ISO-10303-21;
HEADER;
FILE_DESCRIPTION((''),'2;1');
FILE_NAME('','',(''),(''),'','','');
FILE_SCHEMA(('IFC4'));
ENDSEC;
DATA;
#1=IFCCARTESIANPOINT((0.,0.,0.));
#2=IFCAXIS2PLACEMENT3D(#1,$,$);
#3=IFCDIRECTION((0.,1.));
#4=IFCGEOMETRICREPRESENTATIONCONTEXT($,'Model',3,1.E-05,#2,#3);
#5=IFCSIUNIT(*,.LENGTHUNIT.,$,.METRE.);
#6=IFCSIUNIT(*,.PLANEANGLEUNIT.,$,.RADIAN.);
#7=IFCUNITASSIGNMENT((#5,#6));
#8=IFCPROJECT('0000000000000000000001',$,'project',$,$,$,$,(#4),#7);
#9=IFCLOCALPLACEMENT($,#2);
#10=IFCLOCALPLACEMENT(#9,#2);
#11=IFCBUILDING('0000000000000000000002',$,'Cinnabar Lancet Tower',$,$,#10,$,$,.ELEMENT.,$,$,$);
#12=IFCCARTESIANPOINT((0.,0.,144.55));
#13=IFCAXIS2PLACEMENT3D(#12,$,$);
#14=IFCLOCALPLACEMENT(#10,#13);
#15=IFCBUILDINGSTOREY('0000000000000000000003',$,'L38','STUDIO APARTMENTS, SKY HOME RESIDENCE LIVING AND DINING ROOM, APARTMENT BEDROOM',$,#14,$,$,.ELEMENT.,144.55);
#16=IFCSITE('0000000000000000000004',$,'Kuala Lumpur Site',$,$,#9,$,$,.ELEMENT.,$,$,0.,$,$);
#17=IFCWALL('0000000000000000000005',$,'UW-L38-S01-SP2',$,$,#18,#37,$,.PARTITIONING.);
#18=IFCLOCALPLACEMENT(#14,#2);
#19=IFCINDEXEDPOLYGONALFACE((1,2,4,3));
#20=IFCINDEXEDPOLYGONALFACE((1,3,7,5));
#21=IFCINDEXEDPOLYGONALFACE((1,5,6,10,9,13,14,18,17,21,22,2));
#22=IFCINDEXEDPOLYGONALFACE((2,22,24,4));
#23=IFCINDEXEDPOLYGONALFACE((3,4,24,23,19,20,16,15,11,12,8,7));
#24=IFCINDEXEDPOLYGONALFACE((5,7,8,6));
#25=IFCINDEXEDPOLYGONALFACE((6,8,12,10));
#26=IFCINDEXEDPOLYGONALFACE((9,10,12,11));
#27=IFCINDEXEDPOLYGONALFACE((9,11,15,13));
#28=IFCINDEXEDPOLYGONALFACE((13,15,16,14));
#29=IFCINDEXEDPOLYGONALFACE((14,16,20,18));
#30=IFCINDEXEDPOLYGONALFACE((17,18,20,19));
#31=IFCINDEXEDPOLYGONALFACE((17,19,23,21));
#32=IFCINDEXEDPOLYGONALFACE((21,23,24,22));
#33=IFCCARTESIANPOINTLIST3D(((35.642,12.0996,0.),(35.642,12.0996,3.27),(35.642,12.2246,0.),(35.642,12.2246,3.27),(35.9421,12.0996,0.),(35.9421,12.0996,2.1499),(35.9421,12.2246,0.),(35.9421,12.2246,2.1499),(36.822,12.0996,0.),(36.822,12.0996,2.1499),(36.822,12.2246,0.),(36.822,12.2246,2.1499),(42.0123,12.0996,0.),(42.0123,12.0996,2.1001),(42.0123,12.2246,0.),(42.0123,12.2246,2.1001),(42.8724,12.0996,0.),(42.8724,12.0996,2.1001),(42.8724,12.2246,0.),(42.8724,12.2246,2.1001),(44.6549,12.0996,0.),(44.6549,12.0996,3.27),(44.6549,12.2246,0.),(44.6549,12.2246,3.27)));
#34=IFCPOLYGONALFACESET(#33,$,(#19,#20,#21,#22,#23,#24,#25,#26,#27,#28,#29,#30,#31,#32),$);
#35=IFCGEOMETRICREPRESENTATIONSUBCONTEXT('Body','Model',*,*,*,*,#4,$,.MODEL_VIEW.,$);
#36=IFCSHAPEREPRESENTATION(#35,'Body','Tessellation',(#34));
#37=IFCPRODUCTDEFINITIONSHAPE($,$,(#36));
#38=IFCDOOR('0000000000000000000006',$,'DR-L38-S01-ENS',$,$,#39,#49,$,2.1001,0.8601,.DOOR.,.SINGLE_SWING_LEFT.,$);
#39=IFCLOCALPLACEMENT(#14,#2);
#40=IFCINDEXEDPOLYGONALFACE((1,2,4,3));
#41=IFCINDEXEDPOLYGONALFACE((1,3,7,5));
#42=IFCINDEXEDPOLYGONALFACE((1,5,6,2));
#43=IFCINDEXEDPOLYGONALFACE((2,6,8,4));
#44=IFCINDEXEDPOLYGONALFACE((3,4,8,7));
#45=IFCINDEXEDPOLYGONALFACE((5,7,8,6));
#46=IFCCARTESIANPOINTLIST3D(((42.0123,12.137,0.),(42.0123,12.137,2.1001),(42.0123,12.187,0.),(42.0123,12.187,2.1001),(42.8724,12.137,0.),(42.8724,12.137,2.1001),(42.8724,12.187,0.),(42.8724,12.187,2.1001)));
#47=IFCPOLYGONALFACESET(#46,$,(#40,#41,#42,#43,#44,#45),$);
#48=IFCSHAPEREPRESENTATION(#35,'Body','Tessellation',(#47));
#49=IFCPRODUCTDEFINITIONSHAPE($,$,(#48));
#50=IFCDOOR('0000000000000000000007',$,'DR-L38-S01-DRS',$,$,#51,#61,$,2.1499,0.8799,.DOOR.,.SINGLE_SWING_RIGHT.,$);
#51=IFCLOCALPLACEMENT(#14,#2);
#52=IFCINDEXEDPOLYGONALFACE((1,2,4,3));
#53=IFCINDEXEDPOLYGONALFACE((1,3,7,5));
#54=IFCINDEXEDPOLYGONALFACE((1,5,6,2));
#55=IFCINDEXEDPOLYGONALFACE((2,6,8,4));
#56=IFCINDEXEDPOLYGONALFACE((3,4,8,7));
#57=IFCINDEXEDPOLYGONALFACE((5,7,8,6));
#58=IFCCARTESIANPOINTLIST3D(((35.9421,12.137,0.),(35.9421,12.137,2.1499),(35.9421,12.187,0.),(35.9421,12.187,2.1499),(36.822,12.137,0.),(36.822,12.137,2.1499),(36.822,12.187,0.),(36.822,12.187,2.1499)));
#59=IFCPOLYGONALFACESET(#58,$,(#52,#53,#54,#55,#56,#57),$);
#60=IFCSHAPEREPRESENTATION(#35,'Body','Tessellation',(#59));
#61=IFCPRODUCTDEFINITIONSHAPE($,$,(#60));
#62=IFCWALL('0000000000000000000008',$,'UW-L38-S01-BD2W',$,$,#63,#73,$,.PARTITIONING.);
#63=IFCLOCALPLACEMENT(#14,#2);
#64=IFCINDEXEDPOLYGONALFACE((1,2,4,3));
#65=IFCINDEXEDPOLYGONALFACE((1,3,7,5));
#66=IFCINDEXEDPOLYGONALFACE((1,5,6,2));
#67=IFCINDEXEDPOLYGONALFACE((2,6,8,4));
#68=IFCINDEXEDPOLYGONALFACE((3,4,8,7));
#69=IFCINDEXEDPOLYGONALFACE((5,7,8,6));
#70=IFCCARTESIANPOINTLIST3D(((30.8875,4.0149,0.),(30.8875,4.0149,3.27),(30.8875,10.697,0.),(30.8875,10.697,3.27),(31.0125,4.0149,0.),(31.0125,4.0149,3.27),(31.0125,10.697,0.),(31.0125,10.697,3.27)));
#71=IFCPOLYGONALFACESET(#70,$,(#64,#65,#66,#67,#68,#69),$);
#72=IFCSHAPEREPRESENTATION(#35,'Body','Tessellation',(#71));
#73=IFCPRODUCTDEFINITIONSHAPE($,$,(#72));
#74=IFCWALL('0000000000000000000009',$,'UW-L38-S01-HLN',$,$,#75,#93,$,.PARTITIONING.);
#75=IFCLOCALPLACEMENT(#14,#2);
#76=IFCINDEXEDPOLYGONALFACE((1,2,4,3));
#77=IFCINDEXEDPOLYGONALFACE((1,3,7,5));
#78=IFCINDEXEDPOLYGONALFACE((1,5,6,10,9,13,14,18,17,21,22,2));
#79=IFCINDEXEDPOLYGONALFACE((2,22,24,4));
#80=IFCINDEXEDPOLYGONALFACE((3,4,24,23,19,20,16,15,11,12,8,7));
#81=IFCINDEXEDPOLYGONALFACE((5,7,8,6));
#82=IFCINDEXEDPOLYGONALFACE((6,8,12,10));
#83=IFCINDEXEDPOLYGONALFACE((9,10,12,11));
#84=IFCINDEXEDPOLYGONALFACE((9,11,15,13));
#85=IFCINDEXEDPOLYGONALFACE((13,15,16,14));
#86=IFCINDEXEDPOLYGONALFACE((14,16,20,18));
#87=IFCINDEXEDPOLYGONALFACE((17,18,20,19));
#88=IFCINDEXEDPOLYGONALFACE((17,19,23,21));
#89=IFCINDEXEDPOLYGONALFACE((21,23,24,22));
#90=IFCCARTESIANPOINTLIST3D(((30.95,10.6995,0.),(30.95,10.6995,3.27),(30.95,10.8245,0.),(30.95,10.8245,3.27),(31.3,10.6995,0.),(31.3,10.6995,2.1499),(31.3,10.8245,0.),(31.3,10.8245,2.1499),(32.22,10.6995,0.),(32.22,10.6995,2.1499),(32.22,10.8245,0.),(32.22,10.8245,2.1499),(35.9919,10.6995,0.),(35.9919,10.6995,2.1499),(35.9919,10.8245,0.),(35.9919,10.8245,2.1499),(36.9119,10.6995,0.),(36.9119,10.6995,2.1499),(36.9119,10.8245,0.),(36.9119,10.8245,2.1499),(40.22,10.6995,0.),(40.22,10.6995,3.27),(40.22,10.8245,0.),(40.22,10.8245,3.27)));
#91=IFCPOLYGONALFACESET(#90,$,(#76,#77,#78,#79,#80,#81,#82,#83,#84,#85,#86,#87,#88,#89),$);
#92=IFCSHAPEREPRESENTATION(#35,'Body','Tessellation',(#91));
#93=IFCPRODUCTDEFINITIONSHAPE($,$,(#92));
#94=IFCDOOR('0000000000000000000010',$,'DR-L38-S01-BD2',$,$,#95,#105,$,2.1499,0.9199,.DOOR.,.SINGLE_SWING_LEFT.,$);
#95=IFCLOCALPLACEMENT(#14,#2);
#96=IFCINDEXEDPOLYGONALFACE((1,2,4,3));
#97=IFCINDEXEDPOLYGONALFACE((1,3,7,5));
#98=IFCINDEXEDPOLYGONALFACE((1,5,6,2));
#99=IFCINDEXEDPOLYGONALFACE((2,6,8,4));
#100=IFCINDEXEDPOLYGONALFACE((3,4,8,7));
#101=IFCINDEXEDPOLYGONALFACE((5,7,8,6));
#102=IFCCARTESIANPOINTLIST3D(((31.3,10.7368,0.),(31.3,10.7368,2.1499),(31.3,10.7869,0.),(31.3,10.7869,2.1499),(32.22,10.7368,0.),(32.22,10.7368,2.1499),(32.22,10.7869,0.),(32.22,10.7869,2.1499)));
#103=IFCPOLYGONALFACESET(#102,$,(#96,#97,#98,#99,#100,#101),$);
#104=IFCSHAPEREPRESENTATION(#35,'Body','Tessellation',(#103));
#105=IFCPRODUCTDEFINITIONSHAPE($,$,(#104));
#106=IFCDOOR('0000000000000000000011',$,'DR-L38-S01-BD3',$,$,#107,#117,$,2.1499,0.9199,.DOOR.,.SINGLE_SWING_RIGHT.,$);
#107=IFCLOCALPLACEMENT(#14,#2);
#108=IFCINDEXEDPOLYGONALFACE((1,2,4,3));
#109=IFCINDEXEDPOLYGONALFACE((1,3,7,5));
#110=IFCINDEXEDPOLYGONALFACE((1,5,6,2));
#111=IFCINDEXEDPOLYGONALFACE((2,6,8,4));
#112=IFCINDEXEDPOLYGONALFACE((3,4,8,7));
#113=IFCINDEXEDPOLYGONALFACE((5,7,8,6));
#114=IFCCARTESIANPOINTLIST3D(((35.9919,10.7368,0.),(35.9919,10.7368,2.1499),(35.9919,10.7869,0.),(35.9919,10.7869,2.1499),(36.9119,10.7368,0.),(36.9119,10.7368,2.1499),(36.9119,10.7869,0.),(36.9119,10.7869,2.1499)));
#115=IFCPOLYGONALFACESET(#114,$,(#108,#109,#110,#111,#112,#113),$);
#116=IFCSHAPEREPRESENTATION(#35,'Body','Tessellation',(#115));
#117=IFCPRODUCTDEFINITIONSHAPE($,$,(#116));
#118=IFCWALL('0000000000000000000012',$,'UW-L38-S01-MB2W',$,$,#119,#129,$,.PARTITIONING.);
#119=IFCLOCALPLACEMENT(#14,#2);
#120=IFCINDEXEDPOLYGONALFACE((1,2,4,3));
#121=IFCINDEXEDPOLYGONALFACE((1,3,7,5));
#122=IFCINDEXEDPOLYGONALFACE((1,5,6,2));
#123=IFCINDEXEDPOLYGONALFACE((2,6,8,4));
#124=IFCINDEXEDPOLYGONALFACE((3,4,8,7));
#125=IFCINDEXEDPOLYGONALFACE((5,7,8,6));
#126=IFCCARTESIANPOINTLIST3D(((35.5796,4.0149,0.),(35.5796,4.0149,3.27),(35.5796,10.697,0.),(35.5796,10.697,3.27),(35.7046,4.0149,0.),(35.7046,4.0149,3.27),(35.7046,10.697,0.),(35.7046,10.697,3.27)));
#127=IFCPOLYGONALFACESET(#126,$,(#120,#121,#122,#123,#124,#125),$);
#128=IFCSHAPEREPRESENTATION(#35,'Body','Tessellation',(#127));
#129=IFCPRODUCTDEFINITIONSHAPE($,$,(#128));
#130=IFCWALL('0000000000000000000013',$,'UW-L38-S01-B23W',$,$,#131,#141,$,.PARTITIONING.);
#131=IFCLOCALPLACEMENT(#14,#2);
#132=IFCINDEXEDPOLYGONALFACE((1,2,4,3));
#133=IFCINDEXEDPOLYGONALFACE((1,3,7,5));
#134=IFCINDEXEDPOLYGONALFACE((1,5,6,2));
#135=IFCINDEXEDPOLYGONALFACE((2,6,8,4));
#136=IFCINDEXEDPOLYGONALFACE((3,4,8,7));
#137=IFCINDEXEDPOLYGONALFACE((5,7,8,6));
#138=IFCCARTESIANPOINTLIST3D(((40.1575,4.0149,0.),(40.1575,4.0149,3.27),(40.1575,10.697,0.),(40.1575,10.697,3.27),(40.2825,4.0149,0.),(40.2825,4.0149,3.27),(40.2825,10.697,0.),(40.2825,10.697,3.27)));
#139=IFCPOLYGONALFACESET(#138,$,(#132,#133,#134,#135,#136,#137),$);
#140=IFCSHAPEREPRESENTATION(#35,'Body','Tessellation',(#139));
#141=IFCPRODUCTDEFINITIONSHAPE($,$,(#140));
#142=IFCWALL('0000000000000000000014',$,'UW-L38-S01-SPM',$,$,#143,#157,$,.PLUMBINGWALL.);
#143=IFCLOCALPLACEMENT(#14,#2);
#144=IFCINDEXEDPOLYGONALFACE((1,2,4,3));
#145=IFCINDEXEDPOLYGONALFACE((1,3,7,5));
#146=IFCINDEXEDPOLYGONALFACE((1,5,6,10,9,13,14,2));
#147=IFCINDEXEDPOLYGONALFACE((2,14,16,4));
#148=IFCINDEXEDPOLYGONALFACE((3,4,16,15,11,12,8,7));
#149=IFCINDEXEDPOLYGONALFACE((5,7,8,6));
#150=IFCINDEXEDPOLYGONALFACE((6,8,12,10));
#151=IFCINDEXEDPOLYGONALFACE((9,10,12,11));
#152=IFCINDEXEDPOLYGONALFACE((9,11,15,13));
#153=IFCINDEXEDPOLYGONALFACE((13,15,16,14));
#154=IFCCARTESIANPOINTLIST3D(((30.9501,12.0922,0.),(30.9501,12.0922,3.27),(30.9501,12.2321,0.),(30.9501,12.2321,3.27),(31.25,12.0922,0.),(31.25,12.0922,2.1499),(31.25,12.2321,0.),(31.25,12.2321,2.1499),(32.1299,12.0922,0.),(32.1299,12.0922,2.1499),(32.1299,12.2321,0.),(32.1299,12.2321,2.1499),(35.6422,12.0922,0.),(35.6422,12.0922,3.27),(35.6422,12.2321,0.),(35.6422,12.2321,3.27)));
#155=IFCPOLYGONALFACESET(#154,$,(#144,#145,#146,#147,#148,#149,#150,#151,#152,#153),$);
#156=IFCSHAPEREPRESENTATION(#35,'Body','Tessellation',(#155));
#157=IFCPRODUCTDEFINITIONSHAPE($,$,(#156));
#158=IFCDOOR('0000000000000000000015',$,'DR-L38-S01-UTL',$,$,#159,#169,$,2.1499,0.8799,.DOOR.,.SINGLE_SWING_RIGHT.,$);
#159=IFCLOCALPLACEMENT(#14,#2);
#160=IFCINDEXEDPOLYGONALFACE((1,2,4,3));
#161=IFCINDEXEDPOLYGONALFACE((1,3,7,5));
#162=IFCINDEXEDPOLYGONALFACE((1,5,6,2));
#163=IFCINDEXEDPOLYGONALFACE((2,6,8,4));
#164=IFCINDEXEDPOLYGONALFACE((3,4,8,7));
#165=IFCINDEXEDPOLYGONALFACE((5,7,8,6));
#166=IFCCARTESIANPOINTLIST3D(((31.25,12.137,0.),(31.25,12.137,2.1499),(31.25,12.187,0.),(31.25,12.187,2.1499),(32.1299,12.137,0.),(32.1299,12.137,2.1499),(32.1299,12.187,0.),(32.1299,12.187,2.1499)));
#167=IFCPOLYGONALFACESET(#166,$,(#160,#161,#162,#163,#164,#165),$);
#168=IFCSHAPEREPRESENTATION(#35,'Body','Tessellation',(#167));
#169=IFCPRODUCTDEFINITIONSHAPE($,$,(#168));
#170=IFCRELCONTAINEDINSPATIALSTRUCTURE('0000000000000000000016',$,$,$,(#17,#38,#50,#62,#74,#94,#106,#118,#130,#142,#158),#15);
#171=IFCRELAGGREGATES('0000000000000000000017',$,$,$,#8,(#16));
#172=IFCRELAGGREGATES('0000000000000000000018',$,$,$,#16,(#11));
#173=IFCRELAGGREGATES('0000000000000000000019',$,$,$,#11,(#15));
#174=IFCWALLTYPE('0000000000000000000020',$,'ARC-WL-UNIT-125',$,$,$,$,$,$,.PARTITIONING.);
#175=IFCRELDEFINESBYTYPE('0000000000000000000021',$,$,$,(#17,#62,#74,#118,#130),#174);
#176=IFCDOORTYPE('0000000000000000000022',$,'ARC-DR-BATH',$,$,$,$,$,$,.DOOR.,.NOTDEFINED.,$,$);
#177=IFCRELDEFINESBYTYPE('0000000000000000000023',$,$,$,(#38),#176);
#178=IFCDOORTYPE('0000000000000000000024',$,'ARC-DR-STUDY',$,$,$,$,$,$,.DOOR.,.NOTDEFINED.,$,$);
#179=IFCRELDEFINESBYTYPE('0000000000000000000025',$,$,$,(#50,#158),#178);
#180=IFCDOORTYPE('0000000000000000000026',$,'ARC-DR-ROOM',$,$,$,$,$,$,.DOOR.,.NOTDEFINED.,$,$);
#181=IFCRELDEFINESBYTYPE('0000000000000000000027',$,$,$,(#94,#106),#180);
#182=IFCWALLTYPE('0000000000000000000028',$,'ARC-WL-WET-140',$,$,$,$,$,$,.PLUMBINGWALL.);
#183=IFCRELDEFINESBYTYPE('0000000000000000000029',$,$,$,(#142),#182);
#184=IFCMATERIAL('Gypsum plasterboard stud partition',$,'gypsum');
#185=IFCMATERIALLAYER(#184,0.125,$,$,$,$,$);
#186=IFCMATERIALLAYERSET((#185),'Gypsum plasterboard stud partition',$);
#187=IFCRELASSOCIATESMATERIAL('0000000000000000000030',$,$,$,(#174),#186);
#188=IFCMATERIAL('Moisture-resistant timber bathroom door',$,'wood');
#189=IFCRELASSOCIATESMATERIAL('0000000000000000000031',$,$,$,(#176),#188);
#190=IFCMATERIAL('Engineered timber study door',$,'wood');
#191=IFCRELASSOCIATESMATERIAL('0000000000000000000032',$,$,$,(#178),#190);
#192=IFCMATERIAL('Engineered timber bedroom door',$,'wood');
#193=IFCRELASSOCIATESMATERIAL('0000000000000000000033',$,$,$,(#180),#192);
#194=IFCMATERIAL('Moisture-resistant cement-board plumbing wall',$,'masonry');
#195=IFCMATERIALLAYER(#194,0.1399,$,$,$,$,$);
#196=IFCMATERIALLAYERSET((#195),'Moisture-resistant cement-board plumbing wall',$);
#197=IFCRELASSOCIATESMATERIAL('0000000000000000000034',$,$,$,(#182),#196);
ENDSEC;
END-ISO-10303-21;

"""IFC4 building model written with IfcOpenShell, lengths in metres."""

from ifc_helpers import new_model, si_unit, direction, frame, frame_2d, origin, place, context, subcontext, project, spatial, rectangle, extrude, material, layer, layer_set, type_object, element, fill, save


model = new_model("IFC4")

# Units and contexts
model_context = context("Model", 3, precision=1e-05, world=origin(), true_north=direction((0.0, 1.0)))
body_context = subcontext(model_context, "Body", "Model", "MODEL_VIEW")
ifc_project = project(units=[si_unit("LENGTHUNIT", "METRE"), si_unit("PLANEANGLEUNIT", "RADIAN")], contexts=[model_context])

# Site, building, storey
site_placement = place(None, origin())
site = spatial("IfcSite", under=ifc_project, at=site_placement, Name="Kuala Lumpur Site", CompositionType="ELEMENT", RefElevation=0.0)
building_placement = place(site_placement, origin())
building = spatial("IfcBuilding", under=site, at=building_placement, Name="Cinnabar Lancet Tower", CompositionType="ELEMENT")
storey_placement = place(building_placement, frame((0.0, 0.0, 144.55)))
storey = spatial("IfcBuildingStorey", under=building, at=storey_placement, Name="L38", Description="STUDIO APARTMENTS, SKY HOME RESIDENCE LIVING AND DINING ROOM, APARTMENT BEDROOM", CompositionType="ELEMENT", Elevation=144.55)

# Wall, openings, doors
ifc_material_1 = material(Name="Gypsum plasterboard stud partition", Category="gypsum")
ifc_layer_1 = layer(ifc_material_1, 0.125)
ifc_layer_set_1 = layer_set([ifc_layer_1], Name="Gypsum plasterboard stud partition")
wall_type_1 = type_object("IfcWallType", Name="ARC-WL-UNIT-125", PredefinedType="PARTITIONING", material=ifc_layer_set_1)
wall_1_placement = place(storey_placement, frame((35.6421, 12.1621, 0.0), z_axis=(0.0, 0.0, 1.0), x_axis=(1.0, 0.0, 0.0)))
wall_1 = element("IfcWall", 1, at=wall_1_placement, inside=storey, type_object=wall_type_1, Name="UW-L38-S01-SP2", PredefinedType="PARTITIONING", context=body_context, shape_type="SweptSolid", body=[
    extrude(rectangle(XDim=9.0129, YDim=0.125, at=frame_2d((4.5063, 0.0))), origin(), (0.0, 0.0, 1.0), 3.27),
])
opening_1_placement = place(wall_1_placement, frame((6.3701, 0.0, 0.0)))
opening_1 = element("IfcOpeningElement", 2, at=opening_1_placement, cuts=wall_1, PredefinedType="OPENING", context=body_context, shape_type="SweptSolid", body=[
    extrude(rectangle(XDim=0.8601, YDim=2.1001, at=frame_2d((0.4302, 1.05))), frame((0.0, 0.0725, 0.0), z_axis=(0.0, -1.0, 0.0), x_axis=(1.0, 0.0, 0.0)), (0.0, 0.0, 1.0), 0.145),
])
opening_2_placement = place(wall_1_placement, frame((0.3, 0.0, 0.0)))
opening_2 = element("IfcOpeningElement", 3, at=opening_2_placement, cuts=wall_1, PredefinedType="OPENING", context=body_context, shape_type="SweptSolid", body=[
    extrude(rectangle(XDim=0.8799, YDim=2.1499, at=frame_2d((0.4399, 1.075))), frame((0.0, 0.0725, 0.0), z_axis=(0.0, -1.0, 0.0), x_axis=(1.0, 0.0, 0.0)), (0.0, 0.0, 1.0), 0.145),
])
ifc_material_2 = material(Name="Moisture-resistant timber bathroom door", Category="wood")
door_type_1 = type_object("IfcDoorType", Name="ARC-DR-BATH", OperationType="NOTDEFINED", PredefinedType="DOOR", material=ifc_material_2)
door_1_placement = place(opening_1_placement, origin())
door_1 = element("IfcDoor", 4, at=door_1_placement, inside=storey, type_object=door_type_1, Name="DR-L38-S01-ENS", OperationType="SINGLE_SWING_LEFT", OverallHeight=2.1001, OverallWidth=0.8601, PredefinedType="DOOR", context=body_context, shape_type="SweptSolid", body=[
    extrude(rectangle(XDim=0.8601, YDim=2.1001, at=frame_2d((0.4302, 1.05))), frame((0.0, 0.0249, 0.0), z_axis=(0.0, -1.0, 0.0), x_axis=(1.0, 0.0, 0.0)), (0.0, 0.0, 1.0), 0.05),
])
fill(opening_1, door_1)
ifc_material_3 = material(Name="Engineered timber study door", Category="wood")
door_type_2 = type_object("IfcDoorType", Name="ARC-DR-STUDY", OperationType="NOTDEFINED", PredefinedType="DOOR", material=ifc_material_3)
door_2_placement = place(opening_2_placement, origin())
door_2 = element("IfcDoor", 5, at=door_2_placement, inside=storey, type_object=door_type_2, Name="DR-L38-S01-DRS", OperationType="SINGLE_SWING_RIGHT", OverallHeight=2.1499, OverallWidth=0.8799, PredefinedType="DOOR", context=body_context, shape_type="SweptSolid", body=[
    extrude(rectangle(XDim=0.8799, YDim=2.1499, at=frame_2d((0.4399, 1.075))), frame((0.0, 0.0249, 0.0), z_axis=(0.0, -1.0, 0.0), x_axis=(1.0, 0.0, 0.0)), (0.0, 0.0, 1.0), 0.05),
])
fill(opening_2, door_2)

# Wall
wall_2_placement = place(storey_placement, frame((30.95, 4.0149, 0.0), z_axis=(0.0, 0.0, 1.0), x_axis=(0.0, 1.0, 0.0)))
element("IfcWall", 6, at=wall_2_placement, inside=storey, type_object=wall_type_1, Name="UW-L38-S01-BD2W", PredefinedType="PARTITIONING", context=body_context, shape_type="SweptSolid", body=[
    extrude(rectangle(XDim=6.6821, YDim=0.125, at=frame_2d((3.3411, 0.0))), origin(), (0.0, 0.0, 1.0), 3.27),
])

# Wall, openings, doors
wall_3_placement = place(storey_placement, frame((30.95, 10.762, 0.0), z_axis=(0.0, 0.0, 1.0), x_axis=(1.0, 0.0, 0.0)))
wall_3 = element("IfcWall", 7, at=wall_3_placement, inside=storey, type_object=wall_type_1, Name="UW-L38-S01-HLN", PredefinedType="PARTITIONING", context=body_context, shape_type="SweptSolid", body=[
    extrude(rectangle(XDim=9.27, YDim=0.125, at=frame_2d((4.635, 0.0))), origin(), (0.0, 0.0, 1.0), 3.27),
])
opening_3_placement = place(wall_3_placement, frame((0.3501, 0.0, 0.0)))
opening_3 = element("IfcOpeningElement", 8, at=opening_3_placement, cuts=wall_3, PredefinedType="OPENING", context=body_context, shape_type="SweptSolid", body=[
    extrude(rectangle(XDim=0.9199, YDim=2.1499, at=frame_2d((0.46, 1.075))), frame((0.0, 0.0725, 0.0), z_axis=(0.0, -1.0, 0.0), x_axis=(1.0, 0.0, 0.0)), (0.0, 0.0, 1.0), 0.145),
])
opening_4_placement = place(wall_3_placement, frame((5.042, 0.0, 0.0)))
opening_4 = element("IfcOpeningElement", 9, at=opening_4_placement, cuts=wall_3, PredefinedType="OPENING", context=body_context, shape_type="SweptSolid", body=[
    extrude(rectangle(XDim=0.9199, YDim=2.1499, at=frame_2d((0.46, 1.075))), frame((0.0, 0.0725, 0.0), z_axis=(0.0, -1.0, 0.0), x_axis=(1.0, 0.0, 0.0)), (0.0, 0.0, 1.0), 0.145),
])
ifc_material_4 = material(Name="Engineered timber bedroom door", Category="wood")
door_type_3 = type_object("IfcDoorType", Name="ARC-DR-ROOM", OperationType="NOTDEFINED", PredefinedType="DOOR", material=ifc_material_4)
door_3_placement = place(opening_3_placement, origin())
door_3 = element("IfcDoor", 10, at=door_3_placement, inside=storey, type_object=door_type_3, Name="DR-L38-S01-BD2", OperationType="SINGLE_SWING_LEFT", OverallHeight=2.1499, OverallWidth=0.9199, PredefinedType="DOOR", context=body_context, shape_type="SweptSolid", body=[
    extrude(rectangle(XDim=0.9199, YDim=2.1499, at=frame_2d((0.46, 1.075))), frame((0.0, 0.0249, 0.0), z_axis=(0.0, -1.0, 0.0), x_axis=(1.0, 0.0, 0.0)), (0.0, 0.0, 1.0), 0.05),
])
fill(opening_3, door_3)
door_4_placement = place(opening_4_placement, origin())
door_4 = element("IfcDoor", 11, at=door_4_placement, inside=storey, type_object=door_type_3, Name="DR-L38-S01-BD3", OperationType="SINGLE_SWING_RIGHT", OverallHeight=2.1499, OverallWidth=0.9199, PredefinedType="DOOR", context=body_context, shape_type="SweptSolid", body=[
    extrude(rectangle(XDim=0.9199, YDim=2.1499, at=frame_2d((0.46, 1.075))), frame((0.0, 0.0249, 0.0), z_axis=(0.0, -1.0, 0.0), x_axis=(1.0, 0.0, 0.0)), (0.0, 0.0, 1.0), 0.05),
])
fill(opening_4, door_4)

# Walls
for number, where, z_axis, x_axis, name in (
    (12, (35.6421, 4.0149, 0.0), (0.0, 0.0, 1.0), (0.0, 1.0, 0.0), "UW-L38-S01-MB2W"),
    (13, (40.22, 4.0149, 0.0), (0.0, 0.0, 1.0), (0.0, 1.0, 0.0), "UW-L38-S01-B23W"),
):
    element("IfcWall", number, at=place(storey_placement, frame(where, z_axis=z_axis, x_axis=x_axis)), inside=storey, type_object=wall_type_1, Name=name, PredefinedType="PARTITIONING", context=body_context, shape_type="SweptSolid", body=[
        extrude(rectangle(XDim=6.6821, YDim=0.125, at=frame_2d((3.3411, 0.0))), origin(), (0.0, 0.0, 1.0), 3.27),
    ])

# Wall, opening, door
ifc_material_5 = material(Name="Moisture-resistant cement-board plumbing wall", Category="masonry")
ifc_layer_2 = layer(ifc_material_5, 0.1399)
ifc_layer_set_2 = layer_set([ifc_layer_2], Name="Moisture-resistant cement-board plumbing wall")
wall_type_2 = type_object("IfcWallType", Name="ARC-WL-WET-140", PredefinedType="PLUMBINGWALL", material=ifc_layer_set_2)
wall_4_placement = place(storey_placement, frame((30.95, 12.1621, 0.0), z_axis=(0.0, 0.0, 1.0), x_axis=(1.0, 0.0, 0.0)))
wall_4 = element("IfcWall", 14, at=wall_4_placement, inside=storey, type_object=wall_type_2, Name="UW-L38-S01-SPM", PredefinedType="PLUMBINGWALL", context=body_context, shape_type="SweptSolid", body=[
    extrude(rectangle(XDim=4.6921, YDim=0.1399, at=frame_2d((2.3462, 0.0))), origin(), (0.0, 0.0, 1.0), 3.27),
])
opening_5_placement = place(wall_4_placement, frame((0.3, 0.0, 0.0)))
opening_5 = element("IfcOpeningElement", 15, at=opening_5_placement, cuts=wall_4, PredefinedType="OPENING", context=body_context, shape_type="SweptSolid", body=[
    extrude(rectangle(XDim=0.8799, YDim=2.1499, at=frame_2d((0.4399, 1.075))), frame((0.0, 0.0798, 0.0), z_axis=(0.0, -1.0, 0.0), x_axis=(1.0, 0.0, 0.0)), (0.0, 0.0, 1.0), 0.1599),
])
door_5_placement = place(opening_5_placement, origin())
door_5 = element("IfcDoor", 16, at=door_5_placement, inside=storey, type_object=door_type_2, Name="DR-L38-S01-UTL", OperationType="SINGLE_SWING_RIGHT", OverallHeight=2.1499, OverallWidth=0.8799, PredefinedType="DOOR", context=body_context, shape_type="SweptSolid", body=[
    extrude(rectangle(XDim=0.8799, YDim=2.1499, at=frame_2d((0.4399, 1.075))), frame((0.0, 0.0249, 0.0), z_axis=(0.0, -1.0, 0.0), x_axis=(1.0, 0.0, 0.0)), (0.0, 0.0, 1.0), 0.05),
])
fill(opening_5, door_5)

save(model, "model.ifc")
